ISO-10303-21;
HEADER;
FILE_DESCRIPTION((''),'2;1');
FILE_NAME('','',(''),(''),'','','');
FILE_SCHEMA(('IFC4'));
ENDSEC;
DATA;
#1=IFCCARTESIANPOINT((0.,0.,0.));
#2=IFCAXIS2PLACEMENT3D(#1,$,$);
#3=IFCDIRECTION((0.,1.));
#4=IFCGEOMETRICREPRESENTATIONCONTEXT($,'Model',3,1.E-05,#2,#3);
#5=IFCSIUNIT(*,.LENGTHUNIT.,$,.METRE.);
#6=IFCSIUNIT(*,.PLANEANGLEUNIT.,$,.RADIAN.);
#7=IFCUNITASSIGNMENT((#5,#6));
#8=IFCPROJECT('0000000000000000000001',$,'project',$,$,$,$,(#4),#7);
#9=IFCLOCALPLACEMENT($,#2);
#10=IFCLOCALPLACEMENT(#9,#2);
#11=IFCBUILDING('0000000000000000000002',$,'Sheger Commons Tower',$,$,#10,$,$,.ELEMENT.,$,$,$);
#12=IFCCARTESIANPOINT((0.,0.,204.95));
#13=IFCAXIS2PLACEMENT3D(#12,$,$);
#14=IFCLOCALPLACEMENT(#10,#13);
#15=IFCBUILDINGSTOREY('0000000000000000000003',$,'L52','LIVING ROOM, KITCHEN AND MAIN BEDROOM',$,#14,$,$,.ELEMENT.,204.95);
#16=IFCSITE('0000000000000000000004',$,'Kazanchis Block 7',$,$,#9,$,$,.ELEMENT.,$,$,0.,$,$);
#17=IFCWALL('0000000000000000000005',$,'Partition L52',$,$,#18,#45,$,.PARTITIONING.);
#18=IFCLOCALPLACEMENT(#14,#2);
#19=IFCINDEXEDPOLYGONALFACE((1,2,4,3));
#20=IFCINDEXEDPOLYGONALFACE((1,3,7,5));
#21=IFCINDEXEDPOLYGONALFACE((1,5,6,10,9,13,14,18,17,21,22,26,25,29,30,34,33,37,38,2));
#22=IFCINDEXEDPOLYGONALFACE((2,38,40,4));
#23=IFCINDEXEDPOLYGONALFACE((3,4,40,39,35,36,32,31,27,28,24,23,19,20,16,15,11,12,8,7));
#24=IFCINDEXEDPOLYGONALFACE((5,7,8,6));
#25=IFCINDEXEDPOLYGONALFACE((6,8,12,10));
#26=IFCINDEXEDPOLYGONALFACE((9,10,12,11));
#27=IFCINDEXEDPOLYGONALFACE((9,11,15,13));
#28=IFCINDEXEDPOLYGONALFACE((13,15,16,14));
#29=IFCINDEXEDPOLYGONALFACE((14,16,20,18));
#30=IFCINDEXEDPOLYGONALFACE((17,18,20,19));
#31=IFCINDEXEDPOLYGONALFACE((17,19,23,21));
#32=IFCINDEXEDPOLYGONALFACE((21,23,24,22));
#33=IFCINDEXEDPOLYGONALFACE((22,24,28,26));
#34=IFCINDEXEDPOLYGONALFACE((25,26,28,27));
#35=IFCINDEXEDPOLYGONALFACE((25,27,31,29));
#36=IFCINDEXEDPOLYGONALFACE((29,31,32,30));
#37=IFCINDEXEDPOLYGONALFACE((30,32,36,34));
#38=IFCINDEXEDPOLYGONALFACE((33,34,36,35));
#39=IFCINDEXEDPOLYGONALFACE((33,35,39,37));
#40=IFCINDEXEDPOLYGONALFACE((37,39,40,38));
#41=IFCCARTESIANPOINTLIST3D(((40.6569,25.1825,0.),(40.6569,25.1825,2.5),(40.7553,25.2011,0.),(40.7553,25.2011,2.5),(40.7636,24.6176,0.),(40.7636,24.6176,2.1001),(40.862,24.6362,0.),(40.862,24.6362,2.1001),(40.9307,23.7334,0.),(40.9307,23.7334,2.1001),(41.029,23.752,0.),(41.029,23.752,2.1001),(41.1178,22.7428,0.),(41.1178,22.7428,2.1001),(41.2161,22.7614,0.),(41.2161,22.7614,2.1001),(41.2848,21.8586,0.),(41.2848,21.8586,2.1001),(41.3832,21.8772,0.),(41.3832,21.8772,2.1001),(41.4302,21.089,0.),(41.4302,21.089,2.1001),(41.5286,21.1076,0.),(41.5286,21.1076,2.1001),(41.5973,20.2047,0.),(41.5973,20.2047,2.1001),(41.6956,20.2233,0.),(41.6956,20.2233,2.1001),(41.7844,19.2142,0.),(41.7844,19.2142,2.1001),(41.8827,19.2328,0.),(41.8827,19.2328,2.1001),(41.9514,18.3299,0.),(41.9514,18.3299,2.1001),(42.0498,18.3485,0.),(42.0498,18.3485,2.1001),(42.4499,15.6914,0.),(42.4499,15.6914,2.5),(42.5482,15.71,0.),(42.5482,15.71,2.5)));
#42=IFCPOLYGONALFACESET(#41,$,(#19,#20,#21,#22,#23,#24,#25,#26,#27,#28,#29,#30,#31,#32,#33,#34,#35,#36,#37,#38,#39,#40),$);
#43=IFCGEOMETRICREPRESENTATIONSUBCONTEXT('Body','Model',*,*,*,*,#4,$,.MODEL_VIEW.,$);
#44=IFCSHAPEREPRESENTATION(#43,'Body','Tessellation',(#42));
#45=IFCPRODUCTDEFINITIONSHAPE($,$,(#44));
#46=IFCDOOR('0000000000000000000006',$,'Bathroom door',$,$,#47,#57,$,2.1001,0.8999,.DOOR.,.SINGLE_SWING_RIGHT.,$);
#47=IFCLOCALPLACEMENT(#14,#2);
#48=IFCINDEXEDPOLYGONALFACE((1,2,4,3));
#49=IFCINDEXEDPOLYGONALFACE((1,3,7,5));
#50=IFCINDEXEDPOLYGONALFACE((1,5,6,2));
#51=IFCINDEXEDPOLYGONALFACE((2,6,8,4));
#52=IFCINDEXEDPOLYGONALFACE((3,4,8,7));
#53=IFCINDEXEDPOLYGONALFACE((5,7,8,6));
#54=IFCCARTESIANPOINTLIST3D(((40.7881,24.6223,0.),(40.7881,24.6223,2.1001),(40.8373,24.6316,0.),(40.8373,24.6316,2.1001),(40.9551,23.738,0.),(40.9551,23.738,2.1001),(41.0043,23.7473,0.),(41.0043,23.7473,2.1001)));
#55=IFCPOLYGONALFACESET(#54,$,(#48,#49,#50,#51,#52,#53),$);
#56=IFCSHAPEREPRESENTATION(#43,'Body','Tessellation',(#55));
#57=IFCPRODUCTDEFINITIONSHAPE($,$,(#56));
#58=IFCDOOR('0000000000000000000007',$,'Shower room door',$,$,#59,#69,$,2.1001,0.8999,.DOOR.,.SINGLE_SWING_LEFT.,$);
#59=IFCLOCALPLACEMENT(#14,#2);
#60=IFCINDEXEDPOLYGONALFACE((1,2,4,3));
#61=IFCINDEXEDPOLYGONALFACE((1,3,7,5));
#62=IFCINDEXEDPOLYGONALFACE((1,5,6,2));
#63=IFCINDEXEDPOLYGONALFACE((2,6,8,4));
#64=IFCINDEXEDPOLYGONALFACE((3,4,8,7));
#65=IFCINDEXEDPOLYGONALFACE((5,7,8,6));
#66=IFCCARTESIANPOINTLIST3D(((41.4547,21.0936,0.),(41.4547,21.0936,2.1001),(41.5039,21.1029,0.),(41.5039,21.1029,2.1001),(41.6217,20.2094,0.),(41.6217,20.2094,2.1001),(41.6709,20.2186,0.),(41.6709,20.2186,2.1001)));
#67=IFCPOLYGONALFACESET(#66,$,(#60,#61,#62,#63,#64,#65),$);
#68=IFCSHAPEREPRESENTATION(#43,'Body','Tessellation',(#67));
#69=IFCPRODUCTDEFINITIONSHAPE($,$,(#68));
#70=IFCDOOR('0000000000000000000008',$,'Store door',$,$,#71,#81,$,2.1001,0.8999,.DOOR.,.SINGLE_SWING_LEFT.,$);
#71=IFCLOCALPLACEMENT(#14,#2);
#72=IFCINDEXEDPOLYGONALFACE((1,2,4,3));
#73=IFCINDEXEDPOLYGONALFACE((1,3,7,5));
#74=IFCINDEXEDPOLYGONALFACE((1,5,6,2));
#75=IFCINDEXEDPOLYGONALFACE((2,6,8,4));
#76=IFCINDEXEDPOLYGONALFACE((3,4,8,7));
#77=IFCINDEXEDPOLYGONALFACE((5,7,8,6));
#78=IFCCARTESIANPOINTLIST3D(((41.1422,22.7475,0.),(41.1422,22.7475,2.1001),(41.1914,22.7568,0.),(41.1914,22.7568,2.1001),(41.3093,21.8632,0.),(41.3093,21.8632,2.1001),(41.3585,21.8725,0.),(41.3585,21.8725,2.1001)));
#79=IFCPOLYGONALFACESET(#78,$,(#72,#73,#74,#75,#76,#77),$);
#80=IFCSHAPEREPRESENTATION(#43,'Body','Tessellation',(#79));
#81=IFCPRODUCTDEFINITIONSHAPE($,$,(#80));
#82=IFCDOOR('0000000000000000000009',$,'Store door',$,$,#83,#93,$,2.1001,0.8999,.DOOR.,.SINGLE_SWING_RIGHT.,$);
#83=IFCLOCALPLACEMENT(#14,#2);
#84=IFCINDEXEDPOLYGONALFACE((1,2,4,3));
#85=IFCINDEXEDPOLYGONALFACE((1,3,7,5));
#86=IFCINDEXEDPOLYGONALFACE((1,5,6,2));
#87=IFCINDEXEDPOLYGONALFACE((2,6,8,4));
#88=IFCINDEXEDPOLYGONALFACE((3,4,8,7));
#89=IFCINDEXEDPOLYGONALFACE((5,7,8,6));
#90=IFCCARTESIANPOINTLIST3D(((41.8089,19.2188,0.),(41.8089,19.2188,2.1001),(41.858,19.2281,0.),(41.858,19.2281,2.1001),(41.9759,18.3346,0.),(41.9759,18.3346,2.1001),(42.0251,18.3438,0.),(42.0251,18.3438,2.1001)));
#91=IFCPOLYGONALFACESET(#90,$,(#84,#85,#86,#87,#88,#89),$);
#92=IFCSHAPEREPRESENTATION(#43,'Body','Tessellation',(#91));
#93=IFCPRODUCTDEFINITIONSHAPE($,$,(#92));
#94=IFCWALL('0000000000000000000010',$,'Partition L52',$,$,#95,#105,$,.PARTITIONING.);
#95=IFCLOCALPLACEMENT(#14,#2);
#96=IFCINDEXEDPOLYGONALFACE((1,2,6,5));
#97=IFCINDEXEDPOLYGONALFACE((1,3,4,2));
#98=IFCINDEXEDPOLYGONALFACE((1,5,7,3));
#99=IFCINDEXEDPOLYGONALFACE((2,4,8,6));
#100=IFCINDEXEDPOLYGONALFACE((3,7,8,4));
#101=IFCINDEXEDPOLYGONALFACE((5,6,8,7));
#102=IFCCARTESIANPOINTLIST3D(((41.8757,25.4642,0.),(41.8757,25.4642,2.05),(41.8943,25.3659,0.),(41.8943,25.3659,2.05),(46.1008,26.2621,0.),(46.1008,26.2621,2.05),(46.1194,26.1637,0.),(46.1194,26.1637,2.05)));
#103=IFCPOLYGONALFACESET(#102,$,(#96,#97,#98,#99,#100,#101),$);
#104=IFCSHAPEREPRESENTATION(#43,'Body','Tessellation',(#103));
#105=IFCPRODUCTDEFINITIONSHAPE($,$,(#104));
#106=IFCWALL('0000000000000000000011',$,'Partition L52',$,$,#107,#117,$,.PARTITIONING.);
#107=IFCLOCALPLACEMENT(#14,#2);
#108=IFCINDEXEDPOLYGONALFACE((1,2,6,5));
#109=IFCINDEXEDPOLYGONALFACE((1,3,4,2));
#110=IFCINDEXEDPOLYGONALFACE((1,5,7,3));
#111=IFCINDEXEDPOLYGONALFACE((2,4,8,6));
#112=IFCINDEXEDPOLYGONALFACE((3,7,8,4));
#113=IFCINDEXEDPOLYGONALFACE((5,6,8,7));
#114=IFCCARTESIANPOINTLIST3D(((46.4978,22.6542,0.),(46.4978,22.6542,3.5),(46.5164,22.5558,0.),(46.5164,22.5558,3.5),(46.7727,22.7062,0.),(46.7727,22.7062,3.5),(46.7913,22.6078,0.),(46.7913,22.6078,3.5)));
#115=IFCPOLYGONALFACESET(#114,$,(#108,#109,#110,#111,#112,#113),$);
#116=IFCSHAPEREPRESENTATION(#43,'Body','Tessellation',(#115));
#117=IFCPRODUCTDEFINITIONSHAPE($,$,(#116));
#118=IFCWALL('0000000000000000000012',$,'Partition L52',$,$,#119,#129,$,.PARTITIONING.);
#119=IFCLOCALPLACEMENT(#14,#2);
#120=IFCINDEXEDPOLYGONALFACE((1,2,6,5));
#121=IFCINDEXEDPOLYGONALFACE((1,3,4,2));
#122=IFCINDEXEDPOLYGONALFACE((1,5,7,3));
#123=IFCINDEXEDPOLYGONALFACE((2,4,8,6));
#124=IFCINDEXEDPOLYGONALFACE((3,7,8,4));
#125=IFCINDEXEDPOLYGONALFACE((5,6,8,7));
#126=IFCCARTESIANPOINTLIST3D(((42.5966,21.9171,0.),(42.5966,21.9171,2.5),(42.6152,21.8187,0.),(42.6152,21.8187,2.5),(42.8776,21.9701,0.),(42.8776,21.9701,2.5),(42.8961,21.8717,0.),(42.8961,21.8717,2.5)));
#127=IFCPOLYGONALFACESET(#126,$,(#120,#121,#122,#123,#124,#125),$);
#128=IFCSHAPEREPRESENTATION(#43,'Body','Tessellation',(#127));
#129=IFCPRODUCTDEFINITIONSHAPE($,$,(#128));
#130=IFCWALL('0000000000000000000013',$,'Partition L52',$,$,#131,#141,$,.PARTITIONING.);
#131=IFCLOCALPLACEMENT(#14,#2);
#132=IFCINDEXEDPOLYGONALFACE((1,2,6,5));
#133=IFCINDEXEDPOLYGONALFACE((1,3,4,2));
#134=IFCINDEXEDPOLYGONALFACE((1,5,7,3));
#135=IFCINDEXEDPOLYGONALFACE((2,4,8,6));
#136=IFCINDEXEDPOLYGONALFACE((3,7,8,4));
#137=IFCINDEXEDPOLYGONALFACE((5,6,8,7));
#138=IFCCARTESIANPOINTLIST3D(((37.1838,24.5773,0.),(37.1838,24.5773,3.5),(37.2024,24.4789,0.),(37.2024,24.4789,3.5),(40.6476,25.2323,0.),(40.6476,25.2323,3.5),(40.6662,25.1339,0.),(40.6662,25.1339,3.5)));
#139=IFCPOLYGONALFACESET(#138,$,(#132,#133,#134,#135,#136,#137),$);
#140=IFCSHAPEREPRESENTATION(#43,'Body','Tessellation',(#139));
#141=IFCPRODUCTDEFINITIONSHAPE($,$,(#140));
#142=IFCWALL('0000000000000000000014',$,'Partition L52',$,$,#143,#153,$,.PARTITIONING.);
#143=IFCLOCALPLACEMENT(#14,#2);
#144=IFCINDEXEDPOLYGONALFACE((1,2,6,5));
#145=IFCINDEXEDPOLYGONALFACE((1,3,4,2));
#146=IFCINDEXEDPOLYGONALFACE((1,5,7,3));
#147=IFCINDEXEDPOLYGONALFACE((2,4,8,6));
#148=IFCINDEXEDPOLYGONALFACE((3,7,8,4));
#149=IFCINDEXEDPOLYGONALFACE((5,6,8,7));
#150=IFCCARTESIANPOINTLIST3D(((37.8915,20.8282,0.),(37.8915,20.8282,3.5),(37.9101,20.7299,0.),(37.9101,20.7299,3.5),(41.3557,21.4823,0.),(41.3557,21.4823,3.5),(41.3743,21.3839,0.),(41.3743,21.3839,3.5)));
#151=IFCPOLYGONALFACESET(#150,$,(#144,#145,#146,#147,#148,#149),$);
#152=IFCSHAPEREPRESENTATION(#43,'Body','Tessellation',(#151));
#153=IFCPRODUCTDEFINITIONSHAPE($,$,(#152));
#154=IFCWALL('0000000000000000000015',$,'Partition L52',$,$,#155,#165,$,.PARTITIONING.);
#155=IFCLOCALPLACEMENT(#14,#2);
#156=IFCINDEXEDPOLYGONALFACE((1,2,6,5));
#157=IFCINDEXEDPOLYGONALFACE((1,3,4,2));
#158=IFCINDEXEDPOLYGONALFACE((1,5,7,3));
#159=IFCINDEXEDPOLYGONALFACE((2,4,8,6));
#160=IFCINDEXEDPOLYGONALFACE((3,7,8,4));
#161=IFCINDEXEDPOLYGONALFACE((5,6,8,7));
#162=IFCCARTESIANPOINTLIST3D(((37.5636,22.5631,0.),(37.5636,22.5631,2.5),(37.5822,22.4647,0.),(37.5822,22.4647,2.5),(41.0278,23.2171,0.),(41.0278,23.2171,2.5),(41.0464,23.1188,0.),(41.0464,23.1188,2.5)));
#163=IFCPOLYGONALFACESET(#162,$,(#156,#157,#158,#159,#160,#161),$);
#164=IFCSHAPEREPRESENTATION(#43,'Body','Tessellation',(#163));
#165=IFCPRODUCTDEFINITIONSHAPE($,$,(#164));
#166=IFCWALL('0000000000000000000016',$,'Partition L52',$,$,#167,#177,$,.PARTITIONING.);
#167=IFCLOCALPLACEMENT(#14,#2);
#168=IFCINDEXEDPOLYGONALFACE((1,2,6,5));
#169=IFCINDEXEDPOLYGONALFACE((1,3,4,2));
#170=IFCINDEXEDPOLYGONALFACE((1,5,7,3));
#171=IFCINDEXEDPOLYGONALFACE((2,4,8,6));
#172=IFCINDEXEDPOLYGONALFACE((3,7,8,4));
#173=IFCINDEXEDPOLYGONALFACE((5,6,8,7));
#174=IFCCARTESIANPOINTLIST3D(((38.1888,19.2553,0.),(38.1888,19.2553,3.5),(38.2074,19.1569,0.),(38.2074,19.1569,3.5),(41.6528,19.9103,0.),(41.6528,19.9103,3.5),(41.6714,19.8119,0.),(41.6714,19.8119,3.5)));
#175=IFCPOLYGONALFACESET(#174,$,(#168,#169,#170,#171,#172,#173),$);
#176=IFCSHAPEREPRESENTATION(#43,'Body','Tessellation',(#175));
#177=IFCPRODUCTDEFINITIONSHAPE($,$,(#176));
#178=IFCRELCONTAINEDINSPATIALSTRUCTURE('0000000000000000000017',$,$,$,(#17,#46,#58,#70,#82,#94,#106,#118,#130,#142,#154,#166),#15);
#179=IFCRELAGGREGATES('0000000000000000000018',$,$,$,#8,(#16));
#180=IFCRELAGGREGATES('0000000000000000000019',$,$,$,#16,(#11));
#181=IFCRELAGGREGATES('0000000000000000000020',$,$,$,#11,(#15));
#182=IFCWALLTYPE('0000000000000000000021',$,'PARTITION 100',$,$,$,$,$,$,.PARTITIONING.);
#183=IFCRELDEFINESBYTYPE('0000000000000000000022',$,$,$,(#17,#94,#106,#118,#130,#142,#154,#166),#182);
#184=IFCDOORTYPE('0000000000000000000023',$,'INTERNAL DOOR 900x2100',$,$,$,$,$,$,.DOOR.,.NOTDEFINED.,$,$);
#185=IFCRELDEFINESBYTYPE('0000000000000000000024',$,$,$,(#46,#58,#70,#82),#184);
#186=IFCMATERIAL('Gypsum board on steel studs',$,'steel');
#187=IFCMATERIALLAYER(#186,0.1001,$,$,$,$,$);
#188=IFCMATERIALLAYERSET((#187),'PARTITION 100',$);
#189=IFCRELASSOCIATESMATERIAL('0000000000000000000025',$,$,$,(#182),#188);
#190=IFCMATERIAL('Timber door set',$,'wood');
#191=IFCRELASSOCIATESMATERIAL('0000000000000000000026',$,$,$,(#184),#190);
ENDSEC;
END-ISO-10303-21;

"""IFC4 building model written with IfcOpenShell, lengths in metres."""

from ifc_helpers import new_model, si_unit, direction, frame, frame_2d, origin, place, context, subcontext, project, spatial, rectangle, extrude, material, layer, layer_set, type_object, element, fill, save


model = new_model("IFC4")

# Units and contexts
model_context = context("Model", 3, precision=1e-05, world=origin(), true_north=direction((0.0, 1.0)))
body_context = subcontext(model_context, "Body", "Model", "MODEL_VIEW")
ifc_project = project(units=[si_unit("LENGTHUNIT", "METRE"), si_unit("PLANEANGLEUNIT", "RADIAN")], contexts=[model_context])

# Site, building, storey
site_placement = place(None, origin())
site = spatial("IfcSite", under=ifc_project, at=site_placement, Name="Kazanchis Block 7", CompositionType="ELEMENT", RefElevation=0.0)
building_placement = place(site_placement, origin())
building = spatial("IfcBuilding", under=site, at=building_placement, Name="Sheger Commons Tower", CompositionType="ELEMENT")
storey_placement = place(building_placement, frame((0.0, 0.0, 204.95)))
storey = spatial("IfcBuildingStorey", under=building, at=storey_placement, Name="L52", Description="LIVING ROOM, KITCHEN AND MAIN BEDROOM", CompositionType="ELEMENT", Elevation=204.95)

# Wall, openings, doors
ifc_material_1 = material(Name="Gypsum board on steel studs", Category="steel")
ifc_layer_1 = layer(ifc_material_1, 0.1001)
ifc_layer_set_1 = layer_set([ifc_layer_1], Name="PARTITION 100")
wall_type = type_object("IfcWallType", Name="PARTITION 100", PredefinedType="PARTITIONING", material=ifc_layer_set_1)
ifc_material_2 = material(Name="Timber door set", Category="wood")
door_type = type_object("IfcDoorType", Name="INTERNAL DOOR 900x2100", OperationType="NOTDEFINED", PredefinedType="DOOR", material=ifc_material_2)
wall_1_placement = place(storey_placement, frame((40.7061, 25.1919, 0.0), z_axis=(0.0, 0.0, 1.0), x_axis=(0.18563, -0.98262, 0.0)))
wall_1 = element("IfcWall", 1, at=wall_1_placement, inside=storey, type_object=wall_type, Name="Partition L52", PredefinedType="PARTITIONING", context=body_context, shape_type="SweptSolid", body=[
    extrude(rectangle(XDim=9.6589, YDim=0.1001, at=frame_2d((4.8296, 0.0))), origin(), (0.0, 0.0, 1.0), 2.5),
])
opening_1_placement = place(wall_1_placement, frame((0.575, 0.0, 0.0)))
opening_1 = element("IfcOpeningElement", 2, at=opening_1_placement, cuts=wall_1, PredefinedType="OPENING", context=body_context, shape_type="SweptSolid", body=[
    extrude(rectangle(XDim=0.8999, YDim=2.1001, at=frame_2d((0.45, 1.05))), frame((0.0, 0.0601, 0.0), z_axis=(0.0, -1.0, 0.0), x_axis=(1.0, 0.0, 0.0)), (0.0, 0.0, 1.0), 0.1201),
])
opening_2_placement = place(wall_1_placement, frame((4.166, 0.0, 0.0)))
opening_2 = element("IfcOpeningElement", 3, at=opening_2_placement, cuts=wall_1, PredefinedType="OPENING", context=body_context, shape_type="SweptSolid", body=[
    extrude(rectangle(XDim=0.8999, YDim=2.1001, at=frame_2d((0.45, 1.05))), frame((0.0, 0.0601, 0.0), z_axis=(0.0, -1.0, 0.0), x_axis=(1.0, 0.0, 0.0)), (0.0, 0.0, 1.0), 0.1201),
])
opening_3_placement = place(wall_1_placement, frame((2.4829, 0.0, 0.0)))
opening_3 = element("IfcOpeningElement", 4, at=opening_3_placement, cuts=wall_1, PredefinedType="OPENING", context=body_context, shape_type="SweptSolid", body=[
    extrude(rectangle(XDim=0.8999, YDim=2.1001, at=frame_2d((0.45, 1.05))), frame((0.0, 0.0601, 0.0), z_axis=(0.0, -1.0, 0.0), x_axis=(1.0, 0.0, 0.0)), (0.0, 0.0, 1.0), 0.1201),
])
opening_4_placement = place(wall_1_placement, frame((6.074, 0.0, 0.0)))
opening_4 = element("IfcOpeningElement", 5, at=opening_4_placement, cuts=wall_1, PredefinedType="OPENING", context=body_context, shape_type="SweptSolid", body=[
    extrude(rectangle(XDim=0.8999, YDim=2.1001, at=frame_2d((0.45, 1.05))), frame((0.0, 0.0601, 0.0), z_axis=(0.0, -1.0, 0.0), x_axis=(1.0, 0.0, 0.0)), (0.0, 0.0, 1.0), 0.1201),
])
door_1_placement = place(opening_1_placement, origin())
door_1 = element("IfcDoor", 6, at=door_1_placement, inside=storey, type_object=door_type, Name="Bathroom door", OperationType="SINGLE_SWING_RIGHT", OverallHeight=2.1001, OverallWidth=0.8999, PredefinedType="DOOR", context=body_context, shape_type="SweptSolid", body=[
    extrude(rectangle(XDim=0.8999, YDim=2.1001, at=frame_2d((0.45, 1.05))), frame((0.0, 0.0249, 0.0), z_axis=(0.0, -1.0, 0.0), x_axis=(1.0, 0.0, 0.0)), (0.0, 0.0, 1.0), 0.05),
])
fill(opening_1, door_1)
door_2_placement = place(opening_2_placement, origin())
door_2 = element("IfcDoor", 7, at=door_2_placement, inside=storey, type_object=door_type, Name="Shower room door", OperationType="SINGLE_SWING_LEFT", OverallHeight=2.1001, OverallWidth=0.8999, PredefinedType="DOOR", context=body_context, shape_type="SweptSolid", body=[
    extrude(rectangle(XDim=0.8999, YDim=2.1001, at=frame_2d((0.45, 1.05))), frame((0.0, 0.0249, 0.0), z_axis=(0.0, -1.0, 0.0), x_axis=(1.0, 0.0, 0.0)), (0.0, 0.0, 1.0), 0.05),
])
fill(opening_2, door_2)
door_3_placement = place(opening_3_placement, origin())
door_3 = element("IfcDoor", 8, at=door_3_placement, inside=storey, type_object=door_type, Name="Store door", OperationType="SINGLE_SWING_LEFT", OverallHeight=2.1001, OverallWidth=0.8999, PredefinedType="DOOR", context=body_context, shape_type="SweptSolid", body=[
    extrude(rectangle(XDim=0.8999, YDim=2.1001, at=frame_2d((0.45, 1.05))), frame((0.0, 0.0249, 0.0), z_axis=(0.0, -1.0, 0.0), x_axis=(1.0, 0.0, 0.0)), (0.0, 0.0, 1.0), 0.05),
])
fill(opening_3, door_3)
door_4_placement = place(opening_4_placement, origin())
door_4 = element("IfcDoor", 9, at=door_4_placement, inside=storey, type_object=door_type, Name="Store door", OperationType="SINGLE_SWING_RIGHT", OverallHeight=2.1001, OverallWidth=0.8999, PredefinedType="DOOR", context=body_context, shape_type="SweptSolid", body=[
    extrude(rectangle(XDim=0.8999, YDim=2.1001, at=frame_2d((0.45, 1.05))), frame((0.0, 0.0249, 0.0), z_axis=(0.0, -1.0, 0.0), x_axis=(1.0, 0.0, 0.0)), (0.0, 0.0, 1.0), 0.05),
])
fill(opening_4, door_4)

# Walls
wall_2_placement = place(storey_placement, frame((46.1101, 26.2129, 0.0), z_axis=(0.0, 0.0, 1.0), x_axis=(-0.982634, -0.185557, 0.0)))
element("IfcWall", 10, at=wall_2_placement, inside=storey, type_object=wall_type, Name="Partition L52", PredefinedType="PARTITIONING", context=body_context, shape_type="SweptSolid", body=[
    extrude(rectangle(XDim=4.2998, YDim=0.1001, at=frame_2d((2.1499, 0.0))), origin(), (0.0, 0.0, 1.0), 2.05),
])
wall_3_placement = place(storey_placement, frame((46.782, 22.657, 0.0), z_axis=(0.0, 0.0, 1.0), x_axis=(-0.982575, -0.185869, 0.0)))
element("IfcWall", 11, at=wall_3_placement, inside=storey, type_object=wall_type, Name="Partition L52", PredefinedType="PARTITIONING", context=body_context, shape_type="SweptSolid", body=[
    extrude(rectangle(XDim=0.2798, YDim=0.1001, at=frame_2d((0.1399, 0.0))), origin(), (0.0, 0.0, 1.0), 3.5),
])
wall_4_placement = place(storey_placement, frame((42.887, 21.9209, 0.0), z_axis=(0.0, 0.0, 1.0), x_axis=(-0.982688, -0.185268, 0.0)))
element("IfcWall", 12, at=wall_4_placement, inside=storey, type_object=wall_type, Name="Partition L52", PredefinedType="PARTITIONING", context=body_context, shape_type="SweptSolid", body=[
    extrude(rectangle(XDim=0.2859, YDim=0.1001, at=frame_2d((0.1431, 0.0))), origin(), (0.0, 0.0, 1.0), 2.5),
])
wall_5_placement = place(storey_placement, frame((40.657, 25.1831, 0.0), z_axis=(0.0, 0.0, 1.0), x_axis=(-0.982586, -0.18581, 0.0)))
element("IfcWall", 13, at=wall_5_placement, inside=storey, type_object=wall_type, Name="Partition L52", PredefinedType="PARTITIONING", context=body_context, shape_type="SweptSolid", body=[
    extrude(rectangle(XDim=3.5251, YDim=0.1001, at=frame_2d((1.7627, 0.0))), origin(), (0.0, 0.0, 1.0), 3.5),
])
wall_6_placement = place(storey_placement, frame((41.365, 21.4331, 0.0), z_axis=(0.0, 0.0, 1.0), x_axis=(-0.982639, -0.18553, 0.0)))
element("IfcWall", 14, at=wall_6_placement, inside=storey, type_object=wall_type, Name="Partition L52", PredefinedType="PARTITIONING", context=body_context, shape_type="SweptSolid", body=[
    extrude(rectangle(XDim=3.5254, YDim=0.1001, at=frame_2d((1.7627, 0.0))), origin(), (0.0, 0.0, 1.0), 3.5),
])
wall_7_placement = place(storey_placement, frame((41.0371, 23.168, 0.0), z_axis=(0.0, 0.0, 1.0), x_axis=(-0.982639, -0.18553, 0.0)))
element("IfcWall", 15, at=wall_7_placement, inside=storey, type_object=wall_type, Name="Partition L52", PredefinedType="PARTITIONING", context=body_context, shape_type="SweptSolid", body=[
    extrude(rectangle(XDim=3.5254, YDim=0.1001, at=frame_2d((1.7627, 0.0))), origin(), (0.0, 0.0, 1.0), 2.5),
])
wall_8_placement = place(storey_placement, frame((41.6621, 19.8611, 0.0), z_axis=(0.0, 0.0, 1.0), x_axis=(-0.982588, -0.185798, 0.0)))
element("IfcWall", 16, at=wall_8_placement, inside=storey, type_object=wall_type, Name="Partition L52", PredefinedType="PARTITIONING", context=body_context, shape_type="SweptSolid", body=[
    extrude(rectangle(XDim=3.5254, YDim=0.1001, at=frame_2d((1.7627, 0.0))), origin(), (0.0, 0.0, 1.0), 3.5),
])

save(model, "model.ifc")
